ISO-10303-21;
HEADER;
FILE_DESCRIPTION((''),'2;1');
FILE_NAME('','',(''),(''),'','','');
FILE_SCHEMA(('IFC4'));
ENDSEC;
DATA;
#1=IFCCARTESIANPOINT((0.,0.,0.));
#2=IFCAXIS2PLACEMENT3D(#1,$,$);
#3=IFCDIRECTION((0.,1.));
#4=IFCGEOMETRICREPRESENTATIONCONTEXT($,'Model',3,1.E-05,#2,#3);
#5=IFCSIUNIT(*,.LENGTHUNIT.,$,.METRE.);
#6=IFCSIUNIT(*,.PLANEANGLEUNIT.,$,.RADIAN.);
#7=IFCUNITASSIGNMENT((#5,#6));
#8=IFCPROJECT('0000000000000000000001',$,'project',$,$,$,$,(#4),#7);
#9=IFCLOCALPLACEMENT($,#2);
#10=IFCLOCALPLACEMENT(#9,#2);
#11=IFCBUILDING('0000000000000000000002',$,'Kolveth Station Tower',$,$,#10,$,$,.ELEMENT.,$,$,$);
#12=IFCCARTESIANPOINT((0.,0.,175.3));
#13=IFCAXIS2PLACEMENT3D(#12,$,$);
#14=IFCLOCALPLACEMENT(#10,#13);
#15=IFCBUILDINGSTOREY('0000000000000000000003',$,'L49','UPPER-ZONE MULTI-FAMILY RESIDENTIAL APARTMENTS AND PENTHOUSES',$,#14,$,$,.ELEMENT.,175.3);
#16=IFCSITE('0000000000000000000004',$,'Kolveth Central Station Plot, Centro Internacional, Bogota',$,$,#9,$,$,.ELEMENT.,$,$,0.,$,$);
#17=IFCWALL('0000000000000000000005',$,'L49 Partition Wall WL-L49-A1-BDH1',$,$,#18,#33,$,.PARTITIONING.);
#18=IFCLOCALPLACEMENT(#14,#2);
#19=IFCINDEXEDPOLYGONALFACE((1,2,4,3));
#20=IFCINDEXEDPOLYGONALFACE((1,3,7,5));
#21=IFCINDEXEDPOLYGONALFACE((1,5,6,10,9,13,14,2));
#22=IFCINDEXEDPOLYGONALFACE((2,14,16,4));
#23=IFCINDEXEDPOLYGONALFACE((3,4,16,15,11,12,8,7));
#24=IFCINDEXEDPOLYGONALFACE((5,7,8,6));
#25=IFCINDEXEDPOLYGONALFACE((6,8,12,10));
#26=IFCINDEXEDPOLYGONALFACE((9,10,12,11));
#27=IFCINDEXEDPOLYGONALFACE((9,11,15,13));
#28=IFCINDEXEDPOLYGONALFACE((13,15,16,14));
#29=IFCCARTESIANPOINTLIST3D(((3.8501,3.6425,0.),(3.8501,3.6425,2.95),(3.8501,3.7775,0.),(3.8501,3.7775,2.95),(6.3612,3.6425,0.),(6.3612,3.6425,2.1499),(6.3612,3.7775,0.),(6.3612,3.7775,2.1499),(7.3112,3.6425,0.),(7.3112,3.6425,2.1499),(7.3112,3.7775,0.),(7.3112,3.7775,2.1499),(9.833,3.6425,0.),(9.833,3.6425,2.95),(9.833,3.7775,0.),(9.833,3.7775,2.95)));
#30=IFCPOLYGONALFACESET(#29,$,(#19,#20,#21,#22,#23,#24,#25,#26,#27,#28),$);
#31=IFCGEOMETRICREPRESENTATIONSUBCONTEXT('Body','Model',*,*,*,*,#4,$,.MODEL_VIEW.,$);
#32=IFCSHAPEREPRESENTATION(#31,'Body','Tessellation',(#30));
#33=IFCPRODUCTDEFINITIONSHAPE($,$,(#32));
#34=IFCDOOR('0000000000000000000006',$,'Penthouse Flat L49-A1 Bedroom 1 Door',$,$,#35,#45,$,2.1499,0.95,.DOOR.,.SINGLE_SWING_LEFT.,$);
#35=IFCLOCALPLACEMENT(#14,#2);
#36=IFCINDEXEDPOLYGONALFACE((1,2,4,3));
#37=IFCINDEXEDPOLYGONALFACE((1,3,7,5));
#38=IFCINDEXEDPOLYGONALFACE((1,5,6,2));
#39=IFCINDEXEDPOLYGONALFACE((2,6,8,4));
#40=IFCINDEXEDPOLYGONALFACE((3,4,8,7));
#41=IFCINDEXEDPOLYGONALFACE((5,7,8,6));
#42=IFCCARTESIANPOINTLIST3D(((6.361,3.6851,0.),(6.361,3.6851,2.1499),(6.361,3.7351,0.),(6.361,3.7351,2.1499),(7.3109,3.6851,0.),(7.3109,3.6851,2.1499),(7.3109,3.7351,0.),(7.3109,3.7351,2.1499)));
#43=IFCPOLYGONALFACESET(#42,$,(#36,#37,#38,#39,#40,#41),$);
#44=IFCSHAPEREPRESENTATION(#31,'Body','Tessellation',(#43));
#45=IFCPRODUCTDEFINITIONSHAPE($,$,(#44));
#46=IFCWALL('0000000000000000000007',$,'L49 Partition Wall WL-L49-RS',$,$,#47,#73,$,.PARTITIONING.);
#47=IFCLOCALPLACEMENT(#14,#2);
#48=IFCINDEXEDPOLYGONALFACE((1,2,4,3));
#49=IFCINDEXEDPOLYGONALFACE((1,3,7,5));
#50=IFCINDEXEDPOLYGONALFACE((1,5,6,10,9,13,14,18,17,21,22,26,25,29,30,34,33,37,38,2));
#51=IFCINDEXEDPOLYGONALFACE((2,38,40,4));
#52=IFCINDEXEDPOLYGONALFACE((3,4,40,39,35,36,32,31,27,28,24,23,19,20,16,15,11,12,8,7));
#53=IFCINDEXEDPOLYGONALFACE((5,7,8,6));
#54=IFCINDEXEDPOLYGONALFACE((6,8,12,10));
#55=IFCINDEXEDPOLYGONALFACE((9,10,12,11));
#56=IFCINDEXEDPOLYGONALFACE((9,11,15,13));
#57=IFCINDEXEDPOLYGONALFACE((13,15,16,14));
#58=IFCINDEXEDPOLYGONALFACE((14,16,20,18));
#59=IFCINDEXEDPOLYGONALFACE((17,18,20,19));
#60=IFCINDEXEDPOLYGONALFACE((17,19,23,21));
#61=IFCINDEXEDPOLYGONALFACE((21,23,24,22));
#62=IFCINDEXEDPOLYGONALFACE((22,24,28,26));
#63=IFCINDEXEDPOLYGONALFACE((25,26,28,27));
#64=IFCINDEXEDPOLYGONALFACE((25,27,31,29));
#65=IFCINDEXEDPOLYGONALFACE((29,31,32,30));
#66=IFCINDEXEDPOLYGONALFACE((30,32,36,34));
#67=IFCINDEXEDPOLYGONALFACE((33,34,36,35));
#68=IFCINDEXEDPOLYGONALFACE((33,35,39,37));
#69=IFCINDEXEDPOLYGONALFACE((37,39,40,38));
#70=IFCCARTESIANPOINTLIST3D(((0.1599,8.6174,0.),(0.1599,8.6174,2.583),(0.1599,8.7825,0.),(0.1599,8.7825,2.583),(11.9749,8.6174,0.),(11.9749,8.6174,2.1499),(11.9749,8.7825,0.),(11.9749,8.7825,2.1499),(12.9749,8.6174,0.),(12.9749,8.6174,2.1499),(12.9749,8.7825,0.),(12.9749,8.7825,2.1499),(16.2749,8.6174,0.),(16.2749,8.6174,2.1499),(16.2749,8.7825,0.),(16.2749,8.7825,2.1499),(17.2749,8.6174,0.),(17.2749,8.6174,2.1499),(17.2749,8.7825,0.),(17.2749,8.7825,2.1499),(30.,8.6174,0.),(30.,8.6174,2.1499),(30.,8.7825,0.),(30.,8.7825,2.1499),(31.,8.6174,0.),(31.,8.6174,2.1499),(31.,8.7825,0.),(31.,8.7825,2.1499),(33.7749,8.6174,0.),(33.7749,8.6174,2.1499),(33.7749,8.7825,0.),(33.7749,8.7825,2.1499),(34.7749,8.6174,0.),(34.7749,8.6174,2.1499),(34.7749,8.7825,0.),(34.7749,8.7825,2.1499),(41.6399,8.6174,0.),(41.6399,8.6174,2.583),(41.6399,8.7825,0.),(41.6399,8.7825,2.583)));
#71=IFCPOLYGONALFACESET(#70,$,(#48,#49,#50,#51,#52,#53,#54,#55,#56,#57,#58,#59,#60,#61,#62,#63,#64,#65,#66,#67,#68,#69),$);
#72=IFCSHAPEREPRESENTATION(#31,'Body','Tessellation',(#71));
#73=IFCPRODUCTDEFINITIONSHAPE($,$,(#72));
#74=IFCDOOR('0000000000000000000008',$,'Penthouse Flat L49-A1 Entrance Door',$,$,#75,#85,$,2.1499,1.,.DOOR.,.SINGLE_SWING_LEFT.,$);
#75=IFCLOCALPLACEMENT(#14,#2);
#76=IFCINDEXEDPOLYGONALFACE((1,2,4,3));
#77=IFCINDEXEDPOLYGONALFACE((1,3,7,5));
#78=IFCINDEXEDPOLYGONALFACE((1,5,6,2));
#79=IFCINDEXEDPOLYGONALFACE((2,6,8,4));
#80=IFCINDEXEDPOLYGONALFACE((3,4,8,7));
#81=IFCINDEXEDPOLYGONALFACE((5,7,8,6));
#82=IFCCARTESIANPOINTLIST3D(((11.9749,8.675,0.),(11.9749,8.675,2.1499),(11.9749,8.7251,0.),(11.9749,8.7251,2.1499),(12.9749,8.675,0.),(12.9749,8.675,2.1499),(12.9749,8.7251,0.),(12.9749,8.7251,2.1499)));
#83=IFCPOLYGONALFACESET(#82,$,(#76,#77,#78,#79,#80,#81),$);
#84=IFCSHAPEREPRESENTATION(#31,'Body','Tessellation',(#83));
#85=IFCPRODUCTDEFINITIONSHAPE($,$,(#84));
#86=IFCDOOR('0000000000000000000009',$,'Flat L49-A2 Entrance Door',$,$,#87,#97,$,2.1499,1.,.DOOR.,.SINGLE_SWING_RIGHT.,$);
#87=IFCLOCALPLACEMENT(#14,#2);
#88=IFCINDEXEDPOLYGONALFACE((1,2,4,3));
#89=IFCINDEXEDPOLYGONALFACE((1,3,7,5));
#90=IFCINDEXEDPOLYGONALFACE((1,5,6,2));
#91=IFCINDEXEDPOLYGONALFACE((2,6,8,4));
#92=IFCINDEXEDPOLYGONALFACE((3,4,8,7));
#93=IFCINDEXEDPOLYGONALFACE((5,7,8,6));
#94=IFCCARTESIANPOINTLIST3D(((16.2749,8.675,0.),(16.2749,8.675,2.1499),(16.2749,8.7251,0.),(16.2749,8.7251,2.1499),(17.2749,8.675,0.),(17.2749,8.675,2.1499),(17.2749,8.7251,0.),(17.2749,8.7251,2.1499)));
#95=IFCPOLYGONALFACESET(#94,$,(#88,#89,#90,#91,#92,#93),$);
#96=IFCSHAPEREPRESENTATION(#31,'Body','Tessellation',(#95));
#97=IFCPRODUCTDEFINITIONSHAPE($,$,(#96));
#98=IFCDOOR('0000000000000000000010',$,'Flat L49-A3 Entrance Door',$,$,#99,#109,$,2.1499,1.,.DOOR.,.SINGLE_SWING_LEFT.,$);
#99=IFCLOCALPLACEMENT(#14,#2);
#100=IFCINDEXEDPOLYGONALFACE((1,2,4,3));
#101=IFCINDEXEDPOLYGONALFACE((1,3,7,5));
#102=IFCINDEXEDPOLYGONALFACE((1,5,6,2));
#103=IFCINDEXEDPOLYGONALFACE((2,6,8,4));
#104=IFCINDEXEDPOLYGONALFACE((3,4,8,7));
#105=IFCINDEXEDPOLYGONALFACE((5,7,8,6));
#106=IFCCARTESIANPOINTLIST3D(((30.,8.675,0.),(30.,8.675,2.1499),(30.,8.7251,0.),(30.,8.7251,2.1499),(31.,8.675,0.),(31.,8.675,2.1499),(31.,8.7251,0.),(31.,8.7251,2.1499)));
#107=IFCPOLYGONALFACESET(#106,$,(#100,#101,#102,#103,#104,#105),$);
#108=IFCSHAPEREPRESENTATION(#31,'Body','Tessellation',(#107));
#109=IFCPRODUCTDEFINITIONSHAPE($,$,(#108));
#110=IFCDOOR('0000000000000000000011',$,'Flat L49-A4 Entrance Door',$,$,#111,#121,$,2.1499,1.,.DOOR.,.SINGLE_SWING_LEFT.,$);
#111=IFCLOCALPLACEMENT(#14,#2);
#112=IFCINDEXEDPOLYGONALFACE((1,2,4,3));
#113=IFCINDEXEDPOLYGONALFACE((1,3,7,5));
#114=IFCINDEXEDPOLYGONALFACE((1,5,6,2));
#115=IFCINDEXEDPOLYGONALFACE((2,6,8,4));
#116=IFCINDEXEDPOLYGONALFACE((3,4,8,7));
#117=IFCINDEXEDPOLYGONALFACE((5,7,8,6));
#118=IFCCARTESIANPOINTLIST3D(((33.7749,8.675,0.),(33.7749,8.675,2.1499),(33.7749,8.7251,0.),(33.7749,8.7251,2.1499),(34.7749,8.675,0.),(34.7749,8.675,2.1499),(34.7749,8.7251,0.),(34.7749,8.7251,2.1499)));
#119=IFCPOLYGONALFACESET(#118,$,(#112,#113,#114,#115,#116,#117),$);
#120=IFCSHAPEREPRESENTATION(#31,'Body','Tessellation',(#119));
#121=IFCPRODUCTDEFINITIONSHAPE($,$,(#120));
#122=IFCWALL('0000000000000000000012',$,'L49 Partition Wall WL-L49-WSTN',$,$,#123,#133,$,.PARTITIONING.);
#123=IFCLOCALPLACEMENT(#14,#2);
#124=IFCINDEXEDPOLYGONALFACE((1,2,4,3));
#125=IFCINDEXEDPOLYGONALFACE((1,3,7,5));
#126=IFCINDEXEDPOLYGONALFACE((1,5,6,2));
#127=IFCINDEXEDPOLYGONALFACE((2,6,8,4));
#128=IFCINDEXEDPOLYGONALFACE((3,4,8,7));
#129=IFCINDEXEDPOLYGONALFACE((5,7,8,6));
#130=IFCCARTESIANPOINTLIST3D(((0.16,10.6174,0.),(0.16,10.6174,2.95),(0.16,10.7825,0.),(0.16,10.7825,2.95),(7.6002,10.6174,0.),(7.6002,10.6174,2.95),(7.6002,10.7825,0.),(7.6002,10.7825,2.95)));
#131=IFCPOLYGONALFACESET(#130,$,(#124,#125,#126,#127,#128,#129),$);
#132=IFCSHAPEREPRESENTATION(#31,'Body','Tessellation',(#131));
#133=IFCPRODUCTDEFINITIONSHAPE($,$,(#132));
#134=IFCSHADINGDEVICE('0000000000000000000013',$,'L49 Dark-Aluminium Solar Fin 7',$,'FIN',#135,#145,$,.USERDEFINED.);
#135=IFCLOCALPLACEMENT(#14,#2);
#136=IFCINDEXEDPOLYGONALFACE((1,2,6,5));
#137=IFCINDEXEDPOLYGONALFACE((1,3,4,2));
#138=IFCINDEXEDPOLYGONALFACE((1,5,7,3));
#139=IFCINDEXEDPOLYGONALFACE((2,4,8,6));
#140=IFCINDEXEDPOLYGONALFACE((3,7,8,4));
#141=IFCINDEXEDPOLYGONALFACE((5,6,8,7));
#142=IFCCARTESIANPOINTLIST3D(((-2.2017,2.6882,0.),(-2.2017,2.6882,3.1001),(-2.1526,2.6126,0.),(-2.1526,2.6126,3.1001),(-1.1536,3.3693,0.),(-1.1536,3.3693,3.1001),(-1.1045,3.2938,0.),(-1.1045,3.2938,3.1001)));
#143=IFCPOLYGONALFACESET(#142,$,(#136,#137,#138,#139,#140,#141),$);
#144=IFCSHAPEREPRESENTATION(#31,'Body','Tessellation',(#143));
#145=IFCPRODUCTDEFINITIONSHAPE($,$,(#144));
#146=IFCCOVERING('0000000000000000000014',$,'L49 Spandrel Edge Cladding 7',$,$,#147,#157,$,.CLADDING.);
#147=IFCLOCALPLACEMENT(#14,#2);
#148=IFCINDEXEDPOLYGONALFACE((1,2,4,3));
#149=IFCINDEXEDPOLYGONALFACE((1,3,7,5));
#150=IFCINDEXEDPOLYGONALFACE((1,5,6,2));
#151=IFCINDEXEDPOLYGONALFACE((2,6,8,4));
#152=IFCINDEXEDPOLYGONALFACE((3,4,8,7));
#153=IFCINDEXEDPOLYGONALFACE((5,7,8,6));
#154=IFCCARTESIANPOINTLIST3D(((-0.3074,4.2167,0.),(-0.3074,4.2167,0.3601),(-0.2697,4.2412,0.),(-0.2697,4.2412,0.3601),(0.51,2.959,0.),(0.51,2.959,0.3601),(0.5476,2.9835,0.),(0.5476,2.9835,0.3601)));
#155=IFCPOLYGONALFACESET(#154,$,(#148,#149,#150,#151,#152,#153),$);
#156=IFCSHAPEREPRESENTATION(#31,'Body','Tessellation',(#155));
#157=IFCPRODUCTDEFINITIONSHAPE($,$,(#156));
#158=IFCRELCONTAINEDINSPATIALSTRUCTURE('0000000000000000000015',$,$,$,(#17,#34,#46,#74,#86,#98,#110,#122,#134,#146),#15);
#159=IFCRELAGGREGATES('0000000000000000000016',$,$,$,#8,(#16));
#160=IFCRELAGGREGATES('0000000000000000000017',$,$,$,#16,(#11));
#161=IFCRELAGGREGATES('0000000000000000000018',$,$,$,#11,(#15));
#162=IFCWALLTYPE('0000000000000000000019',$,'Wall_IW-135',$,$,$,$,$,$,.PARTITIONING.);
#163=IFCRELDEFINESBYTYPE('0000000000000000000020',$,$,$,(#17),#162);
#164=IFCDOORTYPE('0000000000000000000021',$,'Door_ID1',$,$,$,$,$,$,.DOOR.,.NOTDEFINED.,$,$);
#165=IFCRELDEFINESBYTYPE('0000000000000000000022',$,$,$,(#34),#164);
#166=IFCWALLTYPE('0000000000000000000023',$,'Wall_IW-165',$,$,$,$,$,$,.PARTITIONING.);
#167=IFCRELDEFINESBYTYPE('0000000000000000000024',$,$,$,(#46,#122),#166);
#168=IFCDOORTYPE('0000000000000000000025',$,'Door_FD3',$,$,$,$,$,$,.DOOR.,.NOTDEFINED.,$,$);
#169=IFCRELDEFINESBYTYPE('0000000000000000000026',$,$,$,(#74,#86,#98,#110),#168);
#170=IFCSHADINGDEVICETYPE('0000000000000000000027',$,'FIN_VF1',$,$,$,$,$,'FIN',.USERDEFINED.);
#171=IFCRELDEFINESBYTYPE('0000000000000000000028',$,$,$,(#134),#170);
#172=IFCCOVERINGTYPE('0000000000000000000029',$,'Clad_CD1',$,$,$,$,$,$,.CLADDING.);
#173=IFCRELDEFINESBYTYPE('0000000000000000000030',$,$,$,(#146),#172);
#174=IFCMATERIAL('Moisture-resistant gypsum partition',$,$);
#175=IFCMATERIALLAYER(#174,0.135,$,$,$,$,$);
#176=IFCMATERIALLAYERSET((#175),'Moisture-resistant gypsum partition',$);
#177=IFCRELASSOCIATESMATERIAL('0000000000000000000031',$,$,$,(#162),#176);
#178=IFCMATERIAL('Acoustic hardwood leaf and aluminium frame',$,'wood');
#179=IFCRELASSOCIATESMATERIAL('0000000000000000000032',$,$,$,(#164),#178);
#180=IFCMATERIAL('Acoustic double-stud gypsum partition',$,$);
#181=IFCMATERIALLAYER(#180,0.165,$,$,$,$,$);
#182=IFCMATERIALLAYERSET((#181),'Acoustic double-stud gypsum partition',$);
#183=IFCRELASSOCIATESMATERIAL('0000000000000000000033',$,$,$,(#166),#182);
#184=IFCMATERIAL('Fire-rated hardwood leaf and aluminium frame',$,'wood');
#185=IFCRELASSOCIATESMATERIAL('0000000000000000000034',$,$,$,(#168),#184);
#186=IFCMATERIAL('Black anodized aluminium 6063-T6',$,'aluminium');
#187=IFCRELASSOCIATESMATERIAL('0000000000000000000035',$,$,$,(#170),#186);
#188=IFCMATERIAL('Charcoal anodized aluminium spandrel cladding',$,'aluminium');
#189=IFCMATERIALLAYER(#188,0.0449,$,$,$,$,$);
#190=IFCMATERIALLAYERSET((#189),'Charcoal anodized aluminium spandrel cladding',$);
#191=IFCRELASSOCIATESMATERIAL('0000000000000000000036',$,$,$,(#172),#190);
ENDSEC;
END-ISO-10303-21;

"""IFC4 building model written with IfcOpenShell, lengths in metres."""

from ifc_helpers import new_model, si_unit, direction, frame, frame_2d, origin, origin_2d, place, context, subcontext, project, spatial, rectangle, extrude, source, transform, mapped, material, layer, layer_set, type_object, element, fill, save


model = new_model("IFC4")

# Units and contexts
model_context = context("Model", 3, precision=1e-05, world=origin(), true_north=direction((0.0, 1.0)))
body_context = subcontext(model_context, "Body", "Model", "MODEL_VIEW")
ifc_project = project(units=[si_unit("LENGTHUNIT", "METRE"), si_unit("PLANEANGLEUNIT", "RADIAN")], contexts=[model_context])

# Site, building, storey
site_placement = place(None, origin())
site = spatial("IfcSite", under=ifc_project, at=site_placement, Name="Kolveth Central Station Plot, Centro Internacional, Bogota", CompositionType="ELEMENT", RefElevation=0.0)
building_placement = place(site_placement, origin())
building = spatial("IfcBuilding", under=site, at=building_placement, Name="Kolveth Station Tower", CompositionType="ELEMENT")
storey_placement = place(building_placement, frame((0.0, 0.0, 175.3)))
storey = spatial("IfcBuildingStorey", under=building, at=storey_placement, Name="L49", Description="UPPER-ZONE MULTI-FAMILY RESIDENTIAL APARTMENTS AND PENTHOUSES", CompositionType="ELEMENT", Elevation=175.3)

# Shared definitions
ifc_material_1 = material(Name="Black anodized aluminium 6063-T6", Category="aluminium")

# Wall, opening, door
ifc_material_2 = material(Name="Moisture-resistant gypsum partition")
ifc_layer_1 = layer(ifc_material_2, 0.135)
ifc_layer_set_1 = layer_set([ifc_layer_1], Name="Moisture-resistant gypsum partition")
wall_type_1 = type_object("IfcWallType", Name="Wall_IW-135", PredefinedType="PARTITIONING", material=ifc_layer_set_1)
wall_1_placement = place(storey_placement, frame((3.8501, 3.71, 0.0), z_axis=(0.0, 0.0, 1.0), x_axis=(1.0, 0.0, 0.0)))
wall_1 = element("IfcWall", 1, at=wall_1_placement, inside=storey, type_object=wall_type_1, Name="L49 Partition Wall WL-L49-A1-BDH1", PredefinedType="PARTITIONING", context=body_context, shape_type="SweptSolid", body=[
    extrude(rectangle(XDim=5.9829, YDim=0.135, at=frame_2d((2.9915, 0.0))), origin(), (0.0, 0.0, 1.0), 2.95),
])
opening_1_placement = place(wall_1_placement, frame((2.511, 0.0, 0.0)))
opening_1 = element("IfcOpeningElement", 2, at=opening_1_placement, cuts=wall_1, PredefinedType="OPENING", context=body_context, shape_type="SweptSolid", body=[
    extrude(rectangle(XDim=0.95, YDim=2.1499, at=frame_2d((0.4751, 1.075))), frame((0.0, 0.0774, 0.0), z_axis=(0.0, -1.0, 0.0), x_axis=(1.0, 0.0, 0.0)), (0.0, 0.0, 1.0), 0.155),
])
ifc_material_3 = material(Name="Acoustic hardwood leaf and aluminium frame", Category="wood")
door_type_1 = type_object("IfcDoorType", Name="Door_ID1", OperationType="NOTDEFINED", PredefinedType="DOOR", material=ifc_material_3)
door_1_placement = place(opening_1_placement, frame((0.95, 0.0, 0.0), z_axis=(0.0, 0.0, 1.0), x_axis=(-1.0, 0.0, 0.0)))
door_1 = element("IfcDoor", 3, at=door_1_placement, inside=storey, type_object=door_type_1, Name="Penthouse Flat L49-A1 Bedroom 1 Door", OperationType="SINGLE_SWING_LEFT", OverallHeight=2.1499, OverallWidth=0.95, PredefinedType="DOOR", context=body_context, shape_type="SweptSolid", body=[
    extrude(rectangle(XDim=0.95, YDim=2.1499, at=frame_2d((0.4751, 1.075))), frame((0.0, 0.0249, 0.0), z_axis=(0.0, -1.0, 0.0), x_axis=(1.0, 0.0, 0.0)), (0.0, 0.0, 1.0), 0.05),
])
fill(opening_1, door_1)

# Wall, openings, doors
ifc_material_4 = material(Name="Acoustic double-stud gypsum partition")
ifc_layer_2 = layer(ifc_material_4, 0.165)
ifc_layer_set_2 = layer_set([ifc_layer_2], Name="Acoustic double-stud gypsum partition")
wall_type_2 = type_object("IfcWallType", Name="Wall_IW-165", PredefinedType="PARTITIONING", material=ifc_layer_set_2)
wall_2_placement = place(storey_placement, frame((0.1599, 8.7, 0.0), z_axis=(0.0, 0.0, 1.0), x_axis=(1.0, 0.0, 0.0)))
wall_2 = element("IfcWall", 4, at=wall_2_placement, inside=storey, type_object=wall_type_2, Name="L49 Partition Wall WL-L49-RS", PredefinedType="PARTITIONING", context=body_context, shape_type="SweptSolid", body=[
    extrude(rectangle(XDim=41.48, YDim=0.165, at=frame_2d((20.74, 0.0))), origin(), (0.0, 0.0, 1.0), 2.583),
])
opening_2_placement = place(wall_2_placement, frame((11.8149, 0.0, 0.0)))
opening_2 = element("IfcOpeningElement", 5, at=opening_2_placement, cuts=wall_2, PredefinedType="OPENING", context=body_context, shape_type="SweptSolid", body=[
    extrude(rectangle(XDim=1.0, YDim=2.1499, at=frame_2d((0.5, 1.075))), frame((0.0, 0.0925, 0.0), z_axis=(0.0, -1.0, 0.0), x_axis=(1.0, 0.0, 0.0)), (0.0, 0.0, 1.0), 0.1851),
])
opening_3_placement = place(wall_2_placement, frame((16.115, 0.0, 0.0)))
opening_3 = element("IfcOpeningElement", 6, at=opening_3_placement, cuts=wall_2, PredefinedType="OPENING", context=body_context, shape_type="SweptSolid", body=[
    extrude(rectangle(XDim=1.0, YDim=2.1499, at=frame_2d((0.5, 1.075))), frame((0.0, 0.0925, 0.0), z_axis=(0.0, -1.0, 0.0), x_axis=(1.0, 0.0, 0.0)), (0.0, 0.0, 1.0), 0.1851),
])
opening_4_placement = place(wall_2_placement, frame((29.8401, 0.0, 0.0)))
opening_4 = element("IfcOpeningElement", 7, at=opening_4_placement, cuts=wall_2, PredefinedType="OPENING", context=body_context, shape_type="SweptSolid", body=[
    extrude(rectangle(XDim=1.0, YDim=2.1499, at=frame_2d((0.5, 1.075))), frame((0.0, 0.0925, 0.0), z_axis=(0.0, -1.0, 0.0), x_axis=(1.0, 0.0, 0.0)), (0.0, 0.0, 1.0), 0.1851),
])
opening_5_placement = place(wall_2_placement, frame((33.615, 0.0, 0.0)))
opening_5 = element("IfcOpeningElement", 8, at=opening_5_placement, cuts=wall_2, PredefinedType="OPENING", context=body_context, shape_type="SweptSolid", body=[
    extrude(rectangle(XDim=1.0, YDim=2.1499, at=frame_2d((0.5, 1.075))), frame((0.0, 0.0925, 0.0), z_axis=(0.0, -1.0, 0.0), x_axis=(1.0, 0.0, 0.0)), (0.0, 0.0, 1.0), 0.1851),
])
ifc_material_5 = material(Name="Fire-rated hardwood leaf and aluminium frame", Category="wood")
door_type_2 = type_object("IfcDoorType", Name="Door_FD3", OperationType="NOTDEFINED", PredefinedType="DOOR", material=ifc_material_5)
door_2_placement = place(opening_2_placement, frame((1.0, 0.0, 0.0), z_axis=(0.0, 0.0, 1.0), x_axis=(-1.0, 0.0, 0.0)))
door_2 = element("IfcDoor", 9, at=door_2_placement, inside=storey, type_object=door_type_2, Name="Penthouse Flat L49-A1 Entrance Door", OperationType="SINGLE_SWING_LEFT", OverallHeight=2.1499, OverallWidth=1.0, PredefinedType="DOOR", context=body_context, shape_type="SweptSolid", body=[
    extrude(rectangle(XDim=1.0, YDim=2.1499, at=frame_2d((0.5, 1.075))), frame((0.0, 0.0249, 0.0), z_axis=(0.0, -1.0, 0.0), x_axis=(1.0, 0.0, 0.0)), (0.0, 0.0, 1.0), 0.05),
])
fill(opening_2, door_2)
door_3_placement = place(opening_3_placement, frame((1.0, 0.0, 0.0), z_axis=(0.0, 0.0, 1.0), x_axis=(-1.0, 0.0, 0.0)))
door_3 = element("IfcDoor", 10, at=door_3_placement, inside=storey, type_object=door_type_2, Name="Flat L49-A2 Entrance Door", OperationType="SINGLE_SWING_RIGHT", OverallHeight=2.1499, OverallWidth=1.0, PredefinedType="DOOR", context=body_context, shape_type="SweptSolid", body=[
    extrude(rectangle(XDim=1.0, YDim=2.1499, at=frame_2d((0.5, 1.075))), frame((0.0, 0.0249, 0.0), z_axis=(0.0, -1.0, 0.0), x_axis=(1.0, 0.0, 0.0)), (0.0, 0.0, 1.0), 0.05),
])
fill(opening_3, door_3)
door_4_placement = place(opening_4_placement, frame((1.0, 0.0, 0.0), z_axis=(0.0, 0.0, 1.0), x_axis=(-1.0, 0.0, 0.0)))
door_4 = element("IfcDoor", 11, at=door_4_placement, inside=storey, type_object=door_type_2, Name="Flat L49-A3 Entrance Door", OperationType="SINGLE_SWING_LEFT", OverallHeight=2.1499, OverallWidth=1.0, PredefinedType="DOOR", context=body_context, shape_type="SweptSolid", body=[
    extrude(rectangle(XDim=1.0, YDim=2.1499, at=frame_2d((0.5, 1.075))), frame((0.0, 0.0249, 0.0), z_axis=(0.0, -1.0, 0.0), x_axis=(1.0, 0.0, 0.0)), (0.0, 0.0, 1.0), 0.05),
])
fill(opening_4, door_4)
door_5_placement = place(opening_5_placement, frame((1.0, 0.0, 0.0), z_axis=(0.0, 0.0, 1.0), x_axis=(-1.0, 0.0, 0.0)))
door_5 = element("IfcDoor", 12, at=door_5_placement, inside=storey, type_object=door_type_2, Name="Flat L49-A4 Entrance Door", OperationType="SINGLE_SWING_LEFT", OverallHeight=2.1499, OverallWidth=1.0, PredefinedType="DOOR", context=body_context, shape_type="SweptSolid", body=[
    extrude(rectangle(XDim=1.0, YDim=2.1499, at=frame_2d((0.5, 1.075))), frame((0.0, 0.0249, 0.0), z_axis=(0.0, -1.0, 0.0), x_axis=(1.0, 0.0, 0.0)), (0.0, 0.0, 1.0), 0.05),
])
fill(opening_5, door_5)

# Wall
wall_3_placement = place(storey_placement, frame((0.1599, 10.7, 0.0), z_axis=(0.0, 0.0, 1.0), x_axis=(1.0, 0.0, 0.0)))
element("IfcWall", 13, at=wall_3_placement, inside=storey, type_object=wall_type_2, Name="L49 Partition Wall WL-L49-WSTN", PredefinedType="PARTITIONING", context=body_context, shape_type="SweptSolid", body=[
    extrude(rectangle(XDim=7.4402, YDim=0.165, at=frame_2d((3.7202, 0.0))), origin(), (0.0, 0.0, 1.0), 2.95),
])

# Shading device
shading_device_type = type_object("IfcShadingDeviceType", Name="FIN_VF1", ElementType="FIN", PredefinedType="USERDEFINED", material=ifc_material_1)
shared_shape_1 = source(origin(), body_context, "Body", "SweptSolid", [
    extrude(rectangle(XDim=1.25, YDim=0.0901, at=origin_2d()), origin(), (0.0, 0.0, 1.0), 3.1001),
])
shading_device_placement = place(storey_placement, frame((-1.6531, 2.991, 0.0), z_axis=(0.0, 0.0, 1.0), x_axis=(-0.83848, -0.544932, 0.0)))
element("IfcShadingDevice", 14, at=shading_device_placement, inside=storey, type_object=shading_device_type, Name="L49 Dark-Aluminium Solar Fin 7", ObjectType="FIN", PredefinedType="USERDEFINED", context=body_context, shape_type="MappedRepresentation", body=[
    mapped(shared_shape_1, transform((0.0, 0.0, 0.0), x_axis=(1.0, 0.0, 0.0), y_axis=(0.0, 1.0, 0.0), z_axis=(0.0, 0.0, 1.0), scale=1.0)),
])

# Covering
ifc_material_6 = material(Name="Charcoal anodized aluminium spandrel cladding", Category="aluminium")
ifc_layer_3 = layer(ifc_material_6, 0.0449)
ifc_layer_set_3 = layer_set([ifc_layer_3], Name="Charcoal anodized aluminium spandrel cladding")
covering_type = type_object("IfcCoveringType", Name="Clad_CD1", PredefinedType="CLADDING", material=ifc_layer_set_3)
shared_shape_2 = source(origin(), body_context, "Body", "SweptSolid", [
    extrude(rectangle(XDim=1.5, YDim=0.0449, at=origin_2d()), origin(), (0.0, 0.0, 1.0), 0.3601),
])
covering_placement = place(storey_placement, frame((0.1201, 3.6001, 0.0), z_axis=(0.0, 0.0, 1.0), x_axis=(0.544932, -0.83848, 0.0)))
element("IfcCovering", 15, at=covering_placement, inside=storey, type_object=covering_type, Name="L49 Spandrel Edge Cladding 7", PredefinedType="CLADDING", context=body_context, shape_type="MappedRepresentation", body=[
    mapped(shared_shape_2, transform((0.0, 0.0, 0.0), x_axis=(1.0, 0.0, 0.0), y_axis=(0.0, 1.0, 0.0), z_axis=(0.0, 0.0, 1.0), scale=1.0)),
])

save(model, "model.ifc")
